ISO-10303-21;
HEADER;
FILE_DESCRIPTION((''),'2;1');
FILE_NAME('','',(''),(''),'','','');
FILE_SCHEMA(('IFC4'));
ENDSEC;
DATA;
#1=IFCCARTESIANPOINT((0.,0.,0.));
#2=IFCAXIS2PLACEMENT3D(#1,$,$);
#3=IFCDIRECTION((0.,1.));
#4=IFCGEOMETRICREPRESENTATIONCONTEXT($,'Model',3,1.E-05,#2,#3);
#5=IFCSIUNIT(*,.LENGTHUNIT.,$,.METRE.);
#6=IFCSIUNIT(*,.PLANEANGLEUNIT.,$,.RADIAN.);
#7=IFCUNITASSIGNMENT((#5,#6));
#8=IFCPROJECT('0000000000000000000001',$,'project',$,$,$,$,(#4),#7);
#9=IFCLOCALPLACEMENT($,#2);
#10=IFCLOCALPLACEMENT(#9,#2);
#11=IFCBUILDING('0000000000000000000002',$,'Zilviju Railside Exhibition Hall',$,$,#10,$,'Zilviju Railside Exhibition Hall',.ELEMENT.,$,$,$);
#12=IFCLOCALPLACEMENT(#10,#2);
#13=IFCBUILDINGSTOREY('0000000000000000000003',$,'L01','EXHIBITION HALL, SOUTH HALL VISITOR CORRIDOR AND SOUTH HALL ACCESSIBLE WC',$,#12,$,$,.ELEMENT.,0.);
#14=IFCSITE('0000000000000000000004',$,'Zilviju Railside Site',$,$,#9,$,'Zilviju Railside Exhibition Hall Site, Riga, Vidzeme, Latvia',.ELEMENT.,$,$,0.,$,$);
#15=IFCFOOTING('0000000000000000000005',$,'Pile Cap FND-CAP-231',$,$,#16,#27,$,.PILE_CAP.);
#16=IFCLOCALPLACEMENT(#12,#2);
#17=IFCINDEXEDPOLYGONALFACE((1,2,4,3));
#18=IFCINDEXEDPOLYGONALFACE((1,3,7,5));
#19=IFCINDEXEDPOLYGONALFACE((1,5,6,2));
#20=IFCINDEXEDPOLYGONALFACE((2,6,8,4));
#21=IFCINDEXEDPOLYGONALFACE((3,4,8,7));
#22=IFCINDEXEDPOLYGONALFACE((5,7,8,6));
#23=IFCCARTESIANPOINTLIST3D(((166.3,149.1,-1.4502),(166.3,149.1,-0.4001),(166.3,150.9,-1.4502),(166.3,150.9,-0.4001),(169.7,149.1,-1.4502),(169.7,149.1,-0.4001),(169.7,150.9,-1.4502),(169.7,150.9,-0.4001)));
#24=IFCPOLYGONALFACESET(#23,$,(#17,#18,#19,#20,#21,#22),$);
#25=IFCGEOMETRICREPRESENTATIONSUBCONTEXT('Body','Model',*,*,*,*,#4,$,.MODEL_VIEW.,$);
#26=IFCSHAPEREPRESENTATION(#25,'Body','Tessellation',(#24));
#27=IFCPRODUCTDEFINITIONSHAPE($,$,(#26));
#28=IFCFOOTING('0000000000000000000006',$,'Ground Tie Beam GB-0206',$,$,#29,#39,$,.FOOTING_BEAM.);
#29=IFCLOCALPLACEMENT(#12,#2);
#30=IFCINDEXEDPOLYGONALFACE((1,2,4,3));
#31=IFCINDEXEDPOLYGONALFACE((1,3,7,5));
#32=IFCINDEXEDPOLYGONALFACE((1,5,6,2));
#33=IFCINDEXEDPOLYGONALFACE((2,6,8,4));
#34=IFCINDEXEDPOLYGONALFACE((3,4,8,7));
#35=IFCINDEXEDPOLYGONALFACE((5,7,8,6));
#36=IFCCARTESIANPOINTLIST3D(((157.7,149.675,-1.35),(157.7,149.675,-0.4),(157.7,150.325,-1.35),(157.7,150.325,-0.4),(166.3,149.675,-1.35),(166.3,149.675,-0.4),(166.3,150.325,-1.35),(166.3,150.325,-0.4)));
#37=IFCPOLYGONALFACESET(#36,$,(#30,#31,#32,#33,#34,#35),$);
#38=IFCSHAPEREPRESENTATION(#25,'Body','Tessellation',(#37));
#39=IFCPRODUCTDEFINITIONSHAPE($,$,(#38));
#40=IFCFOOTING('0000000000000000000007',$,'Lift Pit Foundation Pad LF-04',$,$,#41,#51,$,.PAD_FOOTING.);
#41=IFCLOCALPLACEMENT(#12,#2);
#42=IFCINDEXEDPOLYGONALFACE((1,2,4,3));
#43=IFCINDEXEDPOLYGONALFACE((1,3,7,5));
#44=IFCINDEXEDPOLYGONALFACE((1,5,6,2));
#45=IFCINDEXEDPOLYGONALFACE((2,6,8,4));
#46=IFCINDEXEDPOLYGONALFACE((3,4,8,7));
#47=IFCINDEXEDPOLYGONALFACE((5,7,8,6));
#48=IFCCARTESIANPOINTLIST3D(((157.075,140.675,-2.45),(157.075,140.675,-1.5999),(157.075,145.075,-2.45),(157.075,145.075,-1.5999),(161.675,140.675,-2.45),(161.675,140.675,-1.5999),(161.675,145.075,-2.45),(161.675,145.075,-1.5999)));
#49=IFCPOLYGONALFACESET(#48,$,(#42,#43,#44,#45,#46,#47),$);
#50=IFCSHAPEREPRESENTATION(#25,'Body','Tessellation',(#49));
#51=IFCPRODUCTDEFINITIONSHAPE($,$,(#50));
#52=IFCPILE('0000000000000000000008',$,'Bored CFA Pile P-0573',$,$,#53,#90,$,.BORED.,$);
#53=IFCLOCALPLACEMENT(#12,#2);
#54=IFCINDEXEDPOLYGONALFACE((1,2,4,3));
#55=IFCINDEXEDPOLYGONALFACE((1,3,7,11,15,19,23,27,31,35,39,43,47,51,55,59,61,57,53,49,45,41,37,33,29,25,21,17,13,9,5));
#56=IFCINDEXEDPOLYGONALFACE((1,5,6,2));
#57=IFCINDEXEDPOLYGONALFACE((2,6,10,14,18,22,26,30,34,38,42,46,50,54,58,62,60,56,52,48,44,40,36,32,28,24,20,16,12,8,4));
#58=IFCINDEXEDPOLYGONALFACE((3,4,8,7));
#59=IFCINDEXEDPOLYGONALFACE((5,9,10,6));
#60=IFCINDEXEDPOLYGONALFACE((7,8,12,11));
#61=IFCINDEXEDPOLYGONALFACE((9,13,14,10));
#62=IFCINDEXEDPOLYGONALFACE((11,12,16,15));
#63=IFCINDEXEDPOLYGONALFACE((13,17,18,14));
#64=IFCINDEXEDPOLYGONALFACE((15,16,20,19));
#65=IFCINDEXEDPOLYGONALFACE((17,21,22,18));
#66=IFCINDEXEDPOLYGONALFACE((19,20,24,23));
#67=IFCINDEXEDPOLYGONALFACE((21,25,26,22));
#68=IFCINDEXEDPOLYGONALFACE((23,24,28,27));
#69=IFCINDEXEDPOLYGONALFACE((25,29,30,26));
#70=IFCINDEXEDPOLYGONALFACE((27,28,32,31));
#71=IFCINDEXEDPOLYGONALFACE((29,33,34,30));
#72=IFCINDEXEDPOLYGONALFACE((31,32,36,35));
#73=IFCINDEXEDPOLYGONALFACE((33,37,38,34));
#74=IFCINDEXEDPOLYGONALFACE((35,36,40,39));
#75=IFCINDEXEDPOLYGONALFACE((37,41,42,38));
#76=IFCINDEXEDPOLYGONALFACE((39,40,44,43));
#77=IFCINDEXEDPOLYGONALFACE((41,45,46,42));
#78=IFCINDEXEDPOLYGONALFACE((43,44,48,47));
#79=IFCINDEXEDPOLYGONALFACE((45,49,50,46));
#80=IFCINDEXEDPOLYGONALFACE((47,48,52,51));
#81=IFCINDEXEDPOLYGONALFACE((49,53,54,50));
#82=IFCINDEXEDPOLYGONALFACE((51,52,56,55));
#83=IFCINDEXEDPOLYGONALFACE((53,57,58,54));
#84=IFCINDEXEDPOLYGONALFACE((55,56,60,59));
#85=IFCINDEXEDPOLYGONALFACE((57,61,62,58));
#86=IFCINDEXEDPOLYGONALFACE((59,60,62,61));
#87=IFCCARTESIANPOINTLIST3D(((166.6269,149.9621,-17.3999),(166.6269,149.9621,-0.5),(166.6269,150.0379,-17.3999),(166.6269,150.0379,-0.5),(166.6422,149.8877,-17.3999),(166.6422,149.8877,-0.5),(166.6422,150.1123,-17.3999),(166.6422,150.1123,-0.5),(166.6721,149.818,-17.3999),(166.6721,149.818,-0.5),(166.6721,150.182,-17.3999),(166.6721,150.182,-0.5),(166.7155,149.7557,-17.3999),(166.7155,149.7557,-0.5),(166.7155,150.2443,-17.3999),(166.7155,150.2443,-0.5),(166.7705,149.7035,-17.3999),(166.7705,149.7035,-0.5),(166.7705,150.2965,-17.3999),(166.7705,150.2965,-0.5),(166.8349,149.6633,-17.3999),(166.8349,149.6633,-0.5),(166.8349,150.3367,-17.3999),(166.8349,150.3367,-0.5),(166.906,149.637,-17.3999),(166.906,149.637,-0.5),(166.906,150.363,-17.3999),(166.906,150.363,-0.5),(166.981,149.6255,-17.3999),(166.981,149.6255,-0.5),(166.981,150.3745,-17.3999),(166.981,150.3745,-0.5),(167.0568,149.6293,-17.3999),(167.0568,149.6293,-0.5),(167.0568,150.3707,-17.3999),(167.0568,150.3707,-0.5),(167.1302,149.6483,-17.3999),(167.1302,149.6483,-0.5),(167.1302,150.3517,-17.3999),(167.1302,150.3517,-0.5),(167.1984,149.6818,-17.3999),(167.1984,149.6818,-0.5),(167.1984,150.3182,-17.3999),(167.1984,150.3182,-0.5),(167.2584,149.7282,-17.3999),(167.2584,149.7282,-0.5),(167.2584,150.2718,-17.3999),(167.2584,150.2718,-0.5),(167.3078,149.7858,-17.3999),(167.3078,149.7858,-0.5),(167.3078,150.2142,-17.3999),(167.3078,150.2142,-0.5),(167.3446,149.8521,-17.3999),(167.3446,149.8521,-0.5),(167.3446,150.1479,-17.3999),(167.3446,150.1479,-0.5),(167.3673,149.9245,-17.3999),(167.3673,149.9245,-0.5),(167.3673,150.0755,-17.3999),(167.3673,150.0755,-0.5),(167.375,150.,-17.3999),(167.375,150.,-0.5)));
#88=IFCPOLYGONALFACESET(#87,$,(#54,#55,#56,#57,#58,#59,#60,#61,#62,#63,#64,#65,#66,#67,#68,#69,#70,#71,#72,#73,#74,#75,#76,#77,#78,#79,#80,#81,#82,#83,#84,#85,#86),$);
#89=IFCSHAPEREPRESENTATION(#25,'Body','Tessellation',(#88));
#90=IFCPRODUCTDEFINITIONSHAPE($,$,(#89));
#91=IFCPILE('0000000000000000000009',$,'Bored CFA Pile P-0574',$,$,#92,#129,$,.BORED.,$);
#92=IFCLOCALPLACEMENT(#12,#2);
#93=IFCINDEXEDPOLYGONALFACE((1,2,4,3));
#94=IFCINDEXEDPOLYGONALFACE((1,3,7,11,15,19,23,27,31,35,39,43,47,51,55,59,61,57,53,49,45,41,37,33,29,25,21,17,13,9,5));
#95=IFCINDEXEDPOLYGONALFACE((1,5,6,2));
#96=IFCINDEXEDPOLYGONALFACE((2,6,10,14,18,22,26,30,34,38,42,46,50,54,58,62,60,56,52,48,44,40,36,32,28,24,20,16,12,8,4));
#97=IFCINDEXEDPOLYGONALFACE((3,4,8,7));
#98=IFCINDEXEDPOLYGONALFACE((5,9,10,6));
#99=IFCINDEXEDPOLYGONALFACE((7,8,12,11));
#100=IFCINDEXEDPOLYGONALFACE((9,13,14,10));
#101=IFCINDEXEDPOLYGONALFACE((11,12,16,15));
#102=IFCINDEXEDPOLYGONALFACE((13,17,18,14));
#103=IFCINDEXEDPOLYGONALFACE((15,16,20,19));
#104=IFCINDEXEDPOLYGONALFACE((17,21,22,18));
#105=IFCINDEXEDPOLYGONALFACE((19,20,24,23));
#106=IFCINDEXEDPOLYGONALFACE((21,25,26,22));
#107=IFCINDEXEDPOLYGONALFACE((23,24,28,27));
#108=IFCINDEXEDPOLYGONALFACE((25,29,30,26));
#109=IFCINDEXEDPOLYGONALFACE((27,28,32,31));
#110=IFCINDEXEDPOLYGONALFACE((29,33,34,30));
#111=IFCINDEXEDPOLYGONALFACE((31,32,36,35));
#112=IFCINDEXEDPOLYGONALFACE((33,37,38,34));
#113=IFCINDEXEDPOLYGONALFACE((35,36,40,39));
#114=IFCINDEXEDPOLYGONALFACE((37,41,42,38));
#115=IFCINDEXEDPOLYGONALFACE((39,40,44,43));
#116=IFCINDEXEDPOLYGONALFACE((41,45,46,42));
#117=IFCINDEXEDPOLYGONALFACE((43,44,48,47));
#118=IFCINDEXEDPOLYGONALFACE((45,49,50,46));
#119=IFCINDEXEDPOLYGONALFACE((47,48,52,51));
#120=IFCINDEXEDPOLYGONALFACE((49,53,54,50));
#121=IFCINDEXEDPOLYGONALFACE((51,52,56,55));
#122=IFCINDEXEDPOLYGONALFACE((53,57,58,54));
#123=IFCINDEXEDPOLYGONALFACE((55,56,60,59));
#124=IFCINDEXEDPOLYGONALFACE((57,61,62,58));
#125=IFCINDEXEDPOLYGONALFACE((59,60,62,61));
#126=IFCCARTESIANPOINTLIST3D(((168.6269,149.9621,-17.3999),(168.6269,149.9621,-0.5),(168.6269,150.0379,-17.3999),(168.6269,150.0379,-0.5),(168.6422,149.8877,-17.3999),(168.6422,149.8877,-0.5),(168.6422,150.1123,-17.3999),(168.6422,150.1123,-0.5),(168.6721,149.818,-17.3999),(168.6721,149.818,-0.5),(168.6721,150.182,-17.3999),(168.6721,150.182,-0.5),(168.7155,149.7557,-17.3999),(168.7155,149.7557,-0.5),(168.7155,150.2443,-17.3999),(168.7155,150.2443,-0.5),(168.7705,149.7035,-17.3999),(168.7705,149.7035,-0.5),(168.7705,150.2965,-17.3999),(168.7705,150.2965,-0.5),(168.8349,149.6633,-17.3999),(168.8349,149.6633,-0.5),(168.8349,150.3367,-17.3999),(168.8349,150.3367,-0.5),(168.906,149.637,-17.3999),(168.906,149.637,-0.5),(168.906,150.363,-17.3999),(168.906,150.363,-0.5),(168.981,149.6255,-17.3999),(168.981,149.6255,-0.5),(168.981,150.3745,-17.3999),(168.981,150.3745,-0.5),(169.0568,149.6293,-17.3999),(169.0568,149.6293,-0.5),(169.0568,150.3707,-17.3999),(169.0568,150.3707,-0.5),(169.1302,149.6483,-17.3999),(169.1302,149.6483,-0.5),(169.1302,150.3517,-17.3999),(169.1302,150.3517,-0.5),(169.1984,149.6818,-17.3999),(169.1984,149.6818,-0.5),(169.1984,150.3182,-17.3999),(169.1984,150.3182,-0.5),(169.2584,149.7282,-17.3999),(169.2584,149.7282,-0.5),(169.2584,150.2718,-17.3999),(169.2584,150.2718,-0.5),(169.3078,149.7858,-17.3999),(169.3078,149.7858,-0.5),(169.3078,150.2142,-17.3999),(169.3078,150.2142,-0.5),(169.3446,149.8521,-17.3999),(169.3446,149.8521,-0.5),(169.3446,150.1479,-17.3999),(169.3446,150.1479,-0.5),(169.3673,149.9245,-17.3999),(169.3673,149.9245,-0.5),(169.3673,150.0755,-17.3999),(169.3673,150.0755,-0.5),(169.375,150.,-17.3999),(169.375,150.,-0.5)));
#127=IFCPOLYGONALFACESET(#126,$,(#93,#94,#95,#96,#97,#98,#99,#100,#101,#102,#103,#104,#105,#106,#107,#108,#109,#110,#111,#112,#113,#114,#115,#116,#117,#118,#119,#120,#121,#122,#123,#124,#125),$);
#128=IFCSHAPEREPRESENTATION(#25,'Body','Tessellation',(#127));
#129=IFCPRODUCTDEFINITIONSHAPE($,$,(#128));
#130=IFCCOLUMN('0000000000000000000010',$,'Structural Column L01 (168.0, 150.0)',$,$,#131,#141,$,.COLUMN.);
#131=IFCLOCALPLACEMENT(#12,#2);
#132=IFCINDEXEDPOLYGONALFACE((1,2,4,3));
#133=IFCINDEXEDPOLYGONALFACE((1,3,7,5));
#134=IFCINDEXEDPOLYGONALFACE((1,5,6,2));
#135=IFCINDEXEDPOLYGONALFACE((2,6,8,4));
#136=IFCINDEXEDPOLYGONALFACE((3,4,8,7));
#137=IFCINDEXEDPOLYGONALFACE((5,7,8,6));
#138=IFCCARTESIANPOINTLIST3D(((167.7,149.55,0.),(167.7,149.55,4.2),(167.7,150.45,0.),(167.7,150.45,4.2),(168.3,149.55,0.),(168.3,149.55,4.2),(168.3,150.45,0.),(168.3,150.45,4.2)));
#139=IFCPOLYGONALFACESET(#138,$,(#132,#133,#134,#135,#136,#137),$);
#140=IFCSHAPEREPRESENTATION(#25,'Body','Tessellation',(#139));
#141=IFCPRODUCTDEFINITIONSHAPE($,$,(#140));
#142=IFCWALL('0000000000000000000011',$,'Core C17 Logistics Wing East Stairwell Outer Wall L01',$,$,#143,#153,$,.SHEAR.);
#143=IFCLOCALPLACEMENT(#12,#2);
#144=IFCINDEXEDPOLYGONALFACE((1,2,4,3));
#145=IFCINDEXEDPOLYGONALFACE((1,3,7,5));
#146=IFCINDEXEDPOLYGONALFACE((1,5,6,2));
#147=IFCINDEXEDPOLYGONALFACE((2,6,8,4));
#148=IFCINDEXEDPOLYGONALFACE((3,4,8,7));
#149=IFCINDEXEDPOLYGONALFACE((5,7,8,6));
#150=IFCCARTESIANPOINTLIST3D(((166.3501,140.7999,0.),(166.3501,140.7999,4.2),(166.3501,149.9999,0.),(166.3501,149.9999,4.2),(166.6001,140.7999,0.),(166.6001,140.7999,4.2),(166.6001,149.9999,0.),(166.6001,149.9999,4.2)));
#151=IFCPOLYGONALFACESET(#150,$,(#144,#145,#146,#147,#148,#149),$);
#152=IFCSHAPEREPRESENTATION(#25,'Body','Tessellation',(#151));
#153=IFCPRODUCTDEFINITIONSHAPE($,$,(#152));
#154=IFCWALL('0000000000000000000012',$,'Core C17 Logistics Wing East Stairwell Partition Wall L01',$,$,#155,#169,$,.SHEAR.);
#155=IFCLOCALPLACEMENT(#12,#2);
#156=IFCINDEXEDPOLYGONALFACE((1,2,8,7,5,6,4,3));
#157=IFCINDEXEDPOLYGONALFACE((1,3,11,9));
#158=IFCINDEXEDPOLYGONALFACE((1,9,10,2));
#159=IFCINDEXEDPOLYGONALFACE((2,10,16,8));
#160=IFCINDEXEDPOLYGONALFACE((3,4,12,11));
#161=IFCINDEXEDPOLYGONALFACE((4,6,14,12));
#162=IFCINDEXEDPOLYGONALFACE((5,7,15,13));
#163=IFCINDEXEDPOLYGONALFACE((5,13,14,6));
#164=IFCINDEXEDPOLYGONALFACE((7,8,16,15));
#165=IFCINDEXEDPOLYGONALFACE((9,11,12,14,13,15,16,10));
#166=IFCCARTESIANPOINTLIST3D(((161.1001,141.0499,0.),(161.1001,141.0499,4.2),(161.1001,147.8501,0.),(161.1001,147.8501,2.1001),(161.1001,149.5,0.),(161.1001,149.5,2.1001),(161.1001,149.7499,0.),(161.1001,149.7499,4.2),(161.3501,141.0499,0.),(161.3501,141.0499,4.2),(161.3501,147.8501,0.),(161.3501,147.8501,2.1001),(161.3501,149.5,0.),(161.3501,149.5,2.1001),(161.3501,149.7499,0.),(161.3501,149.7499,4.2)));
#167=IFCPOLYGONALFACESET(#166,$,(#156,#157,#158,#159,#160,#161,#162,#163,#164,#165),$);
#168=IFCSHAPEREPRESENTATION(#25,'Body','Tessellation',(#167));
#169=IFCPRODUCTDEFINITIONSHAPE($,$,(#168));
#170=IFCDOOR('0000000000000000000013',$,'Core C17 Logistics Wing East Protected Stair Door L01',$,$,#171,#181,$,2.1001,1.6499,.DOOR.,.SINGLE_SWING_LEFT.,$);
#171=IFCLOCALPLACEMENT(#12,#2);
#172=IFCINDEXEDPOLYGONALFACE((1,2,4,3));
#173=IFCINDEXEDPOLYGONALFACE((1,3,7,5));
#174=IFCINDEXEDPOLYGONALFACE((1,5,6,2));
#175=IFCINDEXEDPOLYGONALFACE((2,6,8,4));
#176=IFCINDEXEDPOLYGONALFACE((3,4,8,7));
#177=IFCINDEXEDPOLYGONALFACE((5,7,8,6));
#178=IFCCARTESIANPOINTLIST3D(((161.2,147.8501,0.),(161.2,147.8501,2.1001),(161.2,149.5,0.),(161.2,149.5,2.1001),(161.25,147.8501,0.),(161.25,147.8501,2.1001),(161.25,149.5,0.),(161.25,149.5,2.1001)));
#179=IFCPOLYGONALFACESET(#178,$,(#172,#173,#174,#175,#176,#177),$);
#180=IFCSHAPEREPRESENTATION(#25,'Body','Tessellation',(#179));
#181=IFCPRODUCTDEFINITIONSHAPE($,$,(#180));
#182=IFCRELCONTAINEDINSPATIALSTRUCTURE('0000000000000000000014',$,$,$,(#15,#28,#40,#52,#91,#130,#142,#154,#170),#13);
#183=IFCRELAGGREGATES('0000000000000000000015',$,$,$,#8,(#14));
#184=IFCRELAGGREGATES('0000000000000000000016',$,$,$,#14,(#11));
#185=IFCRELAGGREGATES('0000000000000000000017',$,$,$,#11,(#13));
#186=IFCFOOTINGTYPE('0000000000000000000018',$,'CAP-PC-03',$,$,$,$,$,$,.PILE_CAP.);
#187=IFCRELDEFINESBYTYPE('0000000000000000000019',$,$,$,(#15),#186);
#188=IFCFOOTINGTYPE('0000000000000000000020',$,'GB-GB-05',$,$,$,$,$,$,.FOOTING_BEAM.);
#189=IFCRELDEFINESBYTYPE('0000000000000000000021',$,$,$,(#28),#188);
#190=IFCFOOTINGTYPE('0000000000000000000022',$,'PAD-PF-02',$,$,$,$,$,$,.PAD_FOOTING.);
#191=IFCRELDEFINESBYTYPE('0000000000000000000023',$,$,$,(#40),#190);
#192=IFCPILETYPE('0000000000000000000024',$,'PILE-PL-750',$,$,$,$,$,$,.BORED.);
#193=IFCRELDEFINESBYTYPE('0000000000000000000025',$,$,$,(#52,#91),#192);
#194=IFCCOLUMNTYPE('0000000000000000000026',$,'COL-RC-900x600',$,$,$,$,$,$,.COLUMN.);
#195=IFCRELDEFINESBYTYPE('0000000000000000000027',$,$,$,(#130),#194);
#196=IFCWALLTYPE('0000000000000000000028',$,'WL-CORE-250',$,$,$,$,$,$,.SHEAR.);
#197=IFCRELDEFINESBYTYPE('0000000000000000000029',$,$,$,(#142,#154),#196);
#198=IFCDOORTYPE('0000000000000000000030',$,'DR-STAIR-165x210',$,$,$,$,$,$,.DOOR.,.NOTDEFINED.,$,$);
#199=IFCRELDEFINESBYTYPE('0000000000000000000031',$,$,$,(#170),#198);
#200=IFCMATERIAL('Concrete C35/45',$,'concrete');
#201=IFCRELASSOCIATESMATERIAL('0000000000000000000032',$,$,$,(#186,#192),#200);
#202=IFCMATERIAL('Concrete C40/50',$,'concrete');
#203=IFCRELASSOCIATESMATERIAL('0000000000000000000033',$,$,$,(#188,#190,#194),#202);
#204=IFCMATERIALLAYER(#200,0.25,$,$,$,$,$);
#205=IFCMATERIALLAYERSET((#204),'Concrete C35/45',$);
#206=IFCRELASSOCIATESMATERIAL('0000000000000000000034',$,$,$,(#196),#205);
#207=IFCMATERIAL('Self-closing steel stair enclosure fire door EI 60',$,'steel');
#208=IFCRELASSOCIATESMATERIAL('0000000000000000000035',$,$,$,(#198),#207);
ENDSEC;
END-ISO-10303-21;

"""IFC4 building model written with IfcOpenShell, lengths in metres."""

from ifc_helpers import new_model, si_unit, direction, frame, frame_2d, origin, origin_2d, place, context, subcontext, project, spatial, rectangle, circle, extrude, material, layer, layer_set, material_profile, profile_set, type_object, element, fill, save


model = new_model("IFC4")

# Units and contexts
model_context = context("Model", 3, precision=1e-05, world=origin(), true_north=direction((0.0, 1.0)))
body_context = subcontext(model_context, "Body", "Model", "MODEL_VIEW")
ifc_project = project(units=[si_unit("LENGTHUNIT", "METRE"), si_unit("PLANEANGLEUNIT", "RADIAN")], contexts=[model_context])

# Site, building, storey
site_placement = place(None, origin())
site = spatial("IfcSite", under=ifc_project, at=site_placement, Name="Zilviju Railside Site", LongName="Zilviju Railside Exhibition Hall Site, Riga, Vidzeme, Latvia", CompositionType="ELEMENT", RefElevation=0.0)
building_placement = place(site_placement, origin())
building = spatial("IfcBuilding", under=site, at=building_placement, Name="Zilviju Railside Exhibition Hall", LongName="Zilviju Railside Exhibition Hall", CompositionType="ELEMENT")
storey_placement = place(building_placement, origin())
storey = spatial("IfcBuildingStorey", under=building, at=storey_placement, Name="L01", Description="EXHIBITION HALL, SOUTH HALL VISITOR CORRIDOR AND SOUTH HALL ACCESSIBLE WC", CompositionType="ELEMENT", Elevation=0.0)

# Footings
ifc_material_1 = material(Name="Concrete C35/45", Category="concrete")
footing_type_1 = type_object("IfcFootingType", Name="CAP-PC-03", PredefinedType="PILE_CAP", material=ifc_material_1)
footing_1_placement = place(storey_placement, frame((168.0, 150.0, -1.4502), z_axis=(0.0, 0.0, 1.0), x_axis=(1.0, 0.0, 0.0)))
element("IfcFooting", 1, at=footing_1_placement, inside=storey, type_object=footing_type_1, Name="Pile Cap FND-CAP-231", PredefinedType="PILE_CAP", context=body_context, shape_type="SweptSolid", body=[
    extrude(rectangle(XDim=3.3999, YDim=1.8, at=origin_2d()), origin(), (0.0, 0.0, 1.0), 1.05),
])
ifc_material_2 = material(Name="Concrete C40/50", Category="concrete")
ifc_material_profile_1 = material_profile(ifc_material_2, rectangle(XDim=0.6499, YDim=0.95, at=origin_2d()), Name="TIE BEAM 650x950")
ifc_profile_set_1 = profile_set([ifc_material_profile_1], Name="Concrete C40/50")
footing_type_2 = type_object("IfcFootingType", Name="GB-GB-05", PredefinedType="FOOTING_BEAM", material=ifc_profile_set_1)
footing_2_placement = place(storey_placement, frame((157.7, 150.0, -0.875), z_axis=(1.0, 0.0, 0.0), x_axis=(0.0, 1.0, 0.0)))
element("IfcFooting", 2, at=footing_2_placement, inside=storey, type_object=footing_type_2, Name="Ground Tie Beam GB-0206", PredefinedType="FOOTING_BEAM", context=body_context, shape_type="SweptSolid", body=[
    extrude(rectangle(XDim=0.6499, YDim=0.95, at=origin_2d()), origin(), (0.0, 0.0, 1.0), 8.6001),
])
footing_type_3 = type_object("IfcFootingType", Name="PAD-PF-02", PredefinedType="PAD_FOOTING", material=ifc_material_2)
footing_3_placement = place(storey_placement, frame((159.375, 142.875, -2.45), z_axis=(0.0, 0.0, 1.0), x_axis=(1.0, 0.0, 0.0)))
element("IfcFooting", 3, at=footing_3_placement, inside=storey, type_object=footing_type_3, Name="Lift Pit Foundation Pad LF-04", PredefinedType="PAD_FOOTING", context=body_context, shape_type="SweptSolid", body=[
    extrude(rectangle(XDim=4.6001, YDim=4.3999, at=origin_2d()), origin(), (0.0, 0.0, 1.0), 0.8501),
])

# Piles
ifc_material_profile_2 = material_profile(ifc_material_1, circle(Radius=0.375, at=origin_2d()), Name="CFA PILE D750")
ifc_profile_set_2 = profile_set([ifc_material_profile_2], Name="Concrete C35/45")
pile_type = type_object("IfcPileType", Name="PILE-PL-750", PredefinedType="BORED", material=ifc_profile_set_2)
for number, where, z_axis, x_axis, name in (
    (4, (167.0, 150.0, -0.5), (0.0, 0.0, -1.0), (1.0, 0.0, 0.0), "Bored CFA Pile P-0573"),
    (5, (169.0, 150.0, -0.5), (0.0, 0.0, -1.0), (1.0, 0.0, 0.0), "Bored CFA Pile P-0574"),
):
    element("IfcPile", number, at=place(storey_placement, frame(where, z_axis=z_axis, x_axis=x_axis)), inside=storey, type_object=pile_type, Name=name, PredefinedType="BORED", context=body_context, shape_type="SweptSolid", body=[
        extrude(circle(Radius=0.375, at=origin_2d()), origin(), (0.0, 0.0, 1.0), 16.8999),
    ])

# Column
ifc_material_profile_3 = material_profile(ifc_material_2, rectangle(XDim=0.6001, YDim=0.8999, at=origin_2d()), Name="RC COL 600x900")
ifc_profile_set_3 = profile_set([ifc_material_profile_3], Name="Concrete C40/50")
column_type = type_object("IfcColumnType", Name="COL-RC-900x600", PredefinedType="COLUMN", material=ifc_profile_set_3)
column_placement = place(storey_placement, frame((168.0, 150.0, 0.0), z_axis=(0.0, 0.0, 1.0), x_axis=(1.0, 0.0, 0.0)))
element("IfcColumn", 6, at=column_placement, inside=storey, type_object=column_type, Name="Structural Column L01 (168.0, 150.0)", PredefinedType="COLUMN", context=body_context, shape_type="SweptSolid", body=[
    extrude(rectangle(XDim=0.6001, YDim=0.8999, at=origin_2d()), origin(), (0.0, 0.0, 1.0), 4.2),
])

# Wall
ifc_layer_1 = layer(ifc_material_1, 0.25)
ifc_layer_set_1 = layer_set([ifc_layer_1], Name="Concrete C35/45")
wall_type_1 = type_object("IfcWallType", Name="WL-CORE-250", PredefinedType="SHEAR", material=ifc_layer_set_1)
wall_1_placement = place(storey_placement, frame((166.4751, 150.0, 0.0), z_axis=(0.0, 0.0, 1.0), x_axis=(0.0, -1.0, 0.0)))
element("IfcWall", 7, at=wall_1_placement, inside=storey, type_object=wall_type_1, Name="Core C17 Logistics Wing East Stairwell Outer Wall L01", PredefinedType="SHEAR", context=body_context, shape_type="SweptSolid", body=[
    extrude(rectangle(XDim=9.2, YDim=0.25, at=frame_2d((4.6001, 0.0))), origin(), (0.0, 0.0, 1.0), 4.2),
])

# Wall, opening, door
wall_2_placement = place(storey_placement, frame((161.2251, 149.75, 0.0), z_axis=(0.0, 0.0, 1.0), x_axis=(0.0, -1.0, 0.0)))
wall_2 = element("IfcWall", 8, at=wall_2_placement, inside=storey, type_object=wall_type_1, Name="Core C17 Logistics Wing East Stairwell Partition Wall L01", PredefinedType="SHEAR", context=body_context, shape_type="SweptSolid", body=[
    extrude(rectangle(XDim=8.7, YDim=0.25, at=frame_2d((4.3501, 0.0))), origin(), (0.0, 0.0, 1.0), 4.2),
])
opening_1_placement = place(wall_2_placement, frame((0.25, 0.0, 0.0)))
opening_1 = element("IfcOpeningElement", 9, at=opening_1_placement, cuts=wall_2, PredefinedType="OPENING", context=body_context, shape_type="SweptSolid", body=[
    extrude(rectangle(XDim=1.6499, YDim=2.1001, at=frame_2d((0.825, 1.05))), frame((0.0, 0.135, 0.0), z_axis=(0.0, -1.0, 0.0), x_axis=(1.0, 0.0, 0.0)), (0.0, 0.0, 1.0), 0.27),
])
ifc_material_3 = material(Name="Self-closing steel stair enclosure fire door EI 60", Category="steel")
door_type_1 = type_object("IfcDoorType", Name="DR-STAIR-165x210", OperationType="NOTDEFINED", PredefinedType="DOOR", material=ifc_material_3)
door_1_placement = place(opening_1_placement, origin())
door_1 = element("IfcDoor", 10, at=door_1_placement, inside=storey, type_object=door_type_1, Name="Core C17 Logistics Wing East Protected Stair Door L01", OperationType="SINGLE_SWING_LEFT", OverallHeight=2.1001, OverallWidth=1.6499, PredefinedType="DOOR", context=body_context, shape_type="SweptSolid", body=[
    extrude(rectangle(XDim=1.6499, YDim=2.1001, at=frame_2d((0.825, 1.05))), frame((0.0, 0.0249, 0.0), z_axis=(0.0, -1.0, 0.0), x_axis=(1.0, 0.0, 0.0)), (0.0, 0.0, 1.0), 0.05),
])
fill(opening_1, door_1)

save(model, "model.ifc")
